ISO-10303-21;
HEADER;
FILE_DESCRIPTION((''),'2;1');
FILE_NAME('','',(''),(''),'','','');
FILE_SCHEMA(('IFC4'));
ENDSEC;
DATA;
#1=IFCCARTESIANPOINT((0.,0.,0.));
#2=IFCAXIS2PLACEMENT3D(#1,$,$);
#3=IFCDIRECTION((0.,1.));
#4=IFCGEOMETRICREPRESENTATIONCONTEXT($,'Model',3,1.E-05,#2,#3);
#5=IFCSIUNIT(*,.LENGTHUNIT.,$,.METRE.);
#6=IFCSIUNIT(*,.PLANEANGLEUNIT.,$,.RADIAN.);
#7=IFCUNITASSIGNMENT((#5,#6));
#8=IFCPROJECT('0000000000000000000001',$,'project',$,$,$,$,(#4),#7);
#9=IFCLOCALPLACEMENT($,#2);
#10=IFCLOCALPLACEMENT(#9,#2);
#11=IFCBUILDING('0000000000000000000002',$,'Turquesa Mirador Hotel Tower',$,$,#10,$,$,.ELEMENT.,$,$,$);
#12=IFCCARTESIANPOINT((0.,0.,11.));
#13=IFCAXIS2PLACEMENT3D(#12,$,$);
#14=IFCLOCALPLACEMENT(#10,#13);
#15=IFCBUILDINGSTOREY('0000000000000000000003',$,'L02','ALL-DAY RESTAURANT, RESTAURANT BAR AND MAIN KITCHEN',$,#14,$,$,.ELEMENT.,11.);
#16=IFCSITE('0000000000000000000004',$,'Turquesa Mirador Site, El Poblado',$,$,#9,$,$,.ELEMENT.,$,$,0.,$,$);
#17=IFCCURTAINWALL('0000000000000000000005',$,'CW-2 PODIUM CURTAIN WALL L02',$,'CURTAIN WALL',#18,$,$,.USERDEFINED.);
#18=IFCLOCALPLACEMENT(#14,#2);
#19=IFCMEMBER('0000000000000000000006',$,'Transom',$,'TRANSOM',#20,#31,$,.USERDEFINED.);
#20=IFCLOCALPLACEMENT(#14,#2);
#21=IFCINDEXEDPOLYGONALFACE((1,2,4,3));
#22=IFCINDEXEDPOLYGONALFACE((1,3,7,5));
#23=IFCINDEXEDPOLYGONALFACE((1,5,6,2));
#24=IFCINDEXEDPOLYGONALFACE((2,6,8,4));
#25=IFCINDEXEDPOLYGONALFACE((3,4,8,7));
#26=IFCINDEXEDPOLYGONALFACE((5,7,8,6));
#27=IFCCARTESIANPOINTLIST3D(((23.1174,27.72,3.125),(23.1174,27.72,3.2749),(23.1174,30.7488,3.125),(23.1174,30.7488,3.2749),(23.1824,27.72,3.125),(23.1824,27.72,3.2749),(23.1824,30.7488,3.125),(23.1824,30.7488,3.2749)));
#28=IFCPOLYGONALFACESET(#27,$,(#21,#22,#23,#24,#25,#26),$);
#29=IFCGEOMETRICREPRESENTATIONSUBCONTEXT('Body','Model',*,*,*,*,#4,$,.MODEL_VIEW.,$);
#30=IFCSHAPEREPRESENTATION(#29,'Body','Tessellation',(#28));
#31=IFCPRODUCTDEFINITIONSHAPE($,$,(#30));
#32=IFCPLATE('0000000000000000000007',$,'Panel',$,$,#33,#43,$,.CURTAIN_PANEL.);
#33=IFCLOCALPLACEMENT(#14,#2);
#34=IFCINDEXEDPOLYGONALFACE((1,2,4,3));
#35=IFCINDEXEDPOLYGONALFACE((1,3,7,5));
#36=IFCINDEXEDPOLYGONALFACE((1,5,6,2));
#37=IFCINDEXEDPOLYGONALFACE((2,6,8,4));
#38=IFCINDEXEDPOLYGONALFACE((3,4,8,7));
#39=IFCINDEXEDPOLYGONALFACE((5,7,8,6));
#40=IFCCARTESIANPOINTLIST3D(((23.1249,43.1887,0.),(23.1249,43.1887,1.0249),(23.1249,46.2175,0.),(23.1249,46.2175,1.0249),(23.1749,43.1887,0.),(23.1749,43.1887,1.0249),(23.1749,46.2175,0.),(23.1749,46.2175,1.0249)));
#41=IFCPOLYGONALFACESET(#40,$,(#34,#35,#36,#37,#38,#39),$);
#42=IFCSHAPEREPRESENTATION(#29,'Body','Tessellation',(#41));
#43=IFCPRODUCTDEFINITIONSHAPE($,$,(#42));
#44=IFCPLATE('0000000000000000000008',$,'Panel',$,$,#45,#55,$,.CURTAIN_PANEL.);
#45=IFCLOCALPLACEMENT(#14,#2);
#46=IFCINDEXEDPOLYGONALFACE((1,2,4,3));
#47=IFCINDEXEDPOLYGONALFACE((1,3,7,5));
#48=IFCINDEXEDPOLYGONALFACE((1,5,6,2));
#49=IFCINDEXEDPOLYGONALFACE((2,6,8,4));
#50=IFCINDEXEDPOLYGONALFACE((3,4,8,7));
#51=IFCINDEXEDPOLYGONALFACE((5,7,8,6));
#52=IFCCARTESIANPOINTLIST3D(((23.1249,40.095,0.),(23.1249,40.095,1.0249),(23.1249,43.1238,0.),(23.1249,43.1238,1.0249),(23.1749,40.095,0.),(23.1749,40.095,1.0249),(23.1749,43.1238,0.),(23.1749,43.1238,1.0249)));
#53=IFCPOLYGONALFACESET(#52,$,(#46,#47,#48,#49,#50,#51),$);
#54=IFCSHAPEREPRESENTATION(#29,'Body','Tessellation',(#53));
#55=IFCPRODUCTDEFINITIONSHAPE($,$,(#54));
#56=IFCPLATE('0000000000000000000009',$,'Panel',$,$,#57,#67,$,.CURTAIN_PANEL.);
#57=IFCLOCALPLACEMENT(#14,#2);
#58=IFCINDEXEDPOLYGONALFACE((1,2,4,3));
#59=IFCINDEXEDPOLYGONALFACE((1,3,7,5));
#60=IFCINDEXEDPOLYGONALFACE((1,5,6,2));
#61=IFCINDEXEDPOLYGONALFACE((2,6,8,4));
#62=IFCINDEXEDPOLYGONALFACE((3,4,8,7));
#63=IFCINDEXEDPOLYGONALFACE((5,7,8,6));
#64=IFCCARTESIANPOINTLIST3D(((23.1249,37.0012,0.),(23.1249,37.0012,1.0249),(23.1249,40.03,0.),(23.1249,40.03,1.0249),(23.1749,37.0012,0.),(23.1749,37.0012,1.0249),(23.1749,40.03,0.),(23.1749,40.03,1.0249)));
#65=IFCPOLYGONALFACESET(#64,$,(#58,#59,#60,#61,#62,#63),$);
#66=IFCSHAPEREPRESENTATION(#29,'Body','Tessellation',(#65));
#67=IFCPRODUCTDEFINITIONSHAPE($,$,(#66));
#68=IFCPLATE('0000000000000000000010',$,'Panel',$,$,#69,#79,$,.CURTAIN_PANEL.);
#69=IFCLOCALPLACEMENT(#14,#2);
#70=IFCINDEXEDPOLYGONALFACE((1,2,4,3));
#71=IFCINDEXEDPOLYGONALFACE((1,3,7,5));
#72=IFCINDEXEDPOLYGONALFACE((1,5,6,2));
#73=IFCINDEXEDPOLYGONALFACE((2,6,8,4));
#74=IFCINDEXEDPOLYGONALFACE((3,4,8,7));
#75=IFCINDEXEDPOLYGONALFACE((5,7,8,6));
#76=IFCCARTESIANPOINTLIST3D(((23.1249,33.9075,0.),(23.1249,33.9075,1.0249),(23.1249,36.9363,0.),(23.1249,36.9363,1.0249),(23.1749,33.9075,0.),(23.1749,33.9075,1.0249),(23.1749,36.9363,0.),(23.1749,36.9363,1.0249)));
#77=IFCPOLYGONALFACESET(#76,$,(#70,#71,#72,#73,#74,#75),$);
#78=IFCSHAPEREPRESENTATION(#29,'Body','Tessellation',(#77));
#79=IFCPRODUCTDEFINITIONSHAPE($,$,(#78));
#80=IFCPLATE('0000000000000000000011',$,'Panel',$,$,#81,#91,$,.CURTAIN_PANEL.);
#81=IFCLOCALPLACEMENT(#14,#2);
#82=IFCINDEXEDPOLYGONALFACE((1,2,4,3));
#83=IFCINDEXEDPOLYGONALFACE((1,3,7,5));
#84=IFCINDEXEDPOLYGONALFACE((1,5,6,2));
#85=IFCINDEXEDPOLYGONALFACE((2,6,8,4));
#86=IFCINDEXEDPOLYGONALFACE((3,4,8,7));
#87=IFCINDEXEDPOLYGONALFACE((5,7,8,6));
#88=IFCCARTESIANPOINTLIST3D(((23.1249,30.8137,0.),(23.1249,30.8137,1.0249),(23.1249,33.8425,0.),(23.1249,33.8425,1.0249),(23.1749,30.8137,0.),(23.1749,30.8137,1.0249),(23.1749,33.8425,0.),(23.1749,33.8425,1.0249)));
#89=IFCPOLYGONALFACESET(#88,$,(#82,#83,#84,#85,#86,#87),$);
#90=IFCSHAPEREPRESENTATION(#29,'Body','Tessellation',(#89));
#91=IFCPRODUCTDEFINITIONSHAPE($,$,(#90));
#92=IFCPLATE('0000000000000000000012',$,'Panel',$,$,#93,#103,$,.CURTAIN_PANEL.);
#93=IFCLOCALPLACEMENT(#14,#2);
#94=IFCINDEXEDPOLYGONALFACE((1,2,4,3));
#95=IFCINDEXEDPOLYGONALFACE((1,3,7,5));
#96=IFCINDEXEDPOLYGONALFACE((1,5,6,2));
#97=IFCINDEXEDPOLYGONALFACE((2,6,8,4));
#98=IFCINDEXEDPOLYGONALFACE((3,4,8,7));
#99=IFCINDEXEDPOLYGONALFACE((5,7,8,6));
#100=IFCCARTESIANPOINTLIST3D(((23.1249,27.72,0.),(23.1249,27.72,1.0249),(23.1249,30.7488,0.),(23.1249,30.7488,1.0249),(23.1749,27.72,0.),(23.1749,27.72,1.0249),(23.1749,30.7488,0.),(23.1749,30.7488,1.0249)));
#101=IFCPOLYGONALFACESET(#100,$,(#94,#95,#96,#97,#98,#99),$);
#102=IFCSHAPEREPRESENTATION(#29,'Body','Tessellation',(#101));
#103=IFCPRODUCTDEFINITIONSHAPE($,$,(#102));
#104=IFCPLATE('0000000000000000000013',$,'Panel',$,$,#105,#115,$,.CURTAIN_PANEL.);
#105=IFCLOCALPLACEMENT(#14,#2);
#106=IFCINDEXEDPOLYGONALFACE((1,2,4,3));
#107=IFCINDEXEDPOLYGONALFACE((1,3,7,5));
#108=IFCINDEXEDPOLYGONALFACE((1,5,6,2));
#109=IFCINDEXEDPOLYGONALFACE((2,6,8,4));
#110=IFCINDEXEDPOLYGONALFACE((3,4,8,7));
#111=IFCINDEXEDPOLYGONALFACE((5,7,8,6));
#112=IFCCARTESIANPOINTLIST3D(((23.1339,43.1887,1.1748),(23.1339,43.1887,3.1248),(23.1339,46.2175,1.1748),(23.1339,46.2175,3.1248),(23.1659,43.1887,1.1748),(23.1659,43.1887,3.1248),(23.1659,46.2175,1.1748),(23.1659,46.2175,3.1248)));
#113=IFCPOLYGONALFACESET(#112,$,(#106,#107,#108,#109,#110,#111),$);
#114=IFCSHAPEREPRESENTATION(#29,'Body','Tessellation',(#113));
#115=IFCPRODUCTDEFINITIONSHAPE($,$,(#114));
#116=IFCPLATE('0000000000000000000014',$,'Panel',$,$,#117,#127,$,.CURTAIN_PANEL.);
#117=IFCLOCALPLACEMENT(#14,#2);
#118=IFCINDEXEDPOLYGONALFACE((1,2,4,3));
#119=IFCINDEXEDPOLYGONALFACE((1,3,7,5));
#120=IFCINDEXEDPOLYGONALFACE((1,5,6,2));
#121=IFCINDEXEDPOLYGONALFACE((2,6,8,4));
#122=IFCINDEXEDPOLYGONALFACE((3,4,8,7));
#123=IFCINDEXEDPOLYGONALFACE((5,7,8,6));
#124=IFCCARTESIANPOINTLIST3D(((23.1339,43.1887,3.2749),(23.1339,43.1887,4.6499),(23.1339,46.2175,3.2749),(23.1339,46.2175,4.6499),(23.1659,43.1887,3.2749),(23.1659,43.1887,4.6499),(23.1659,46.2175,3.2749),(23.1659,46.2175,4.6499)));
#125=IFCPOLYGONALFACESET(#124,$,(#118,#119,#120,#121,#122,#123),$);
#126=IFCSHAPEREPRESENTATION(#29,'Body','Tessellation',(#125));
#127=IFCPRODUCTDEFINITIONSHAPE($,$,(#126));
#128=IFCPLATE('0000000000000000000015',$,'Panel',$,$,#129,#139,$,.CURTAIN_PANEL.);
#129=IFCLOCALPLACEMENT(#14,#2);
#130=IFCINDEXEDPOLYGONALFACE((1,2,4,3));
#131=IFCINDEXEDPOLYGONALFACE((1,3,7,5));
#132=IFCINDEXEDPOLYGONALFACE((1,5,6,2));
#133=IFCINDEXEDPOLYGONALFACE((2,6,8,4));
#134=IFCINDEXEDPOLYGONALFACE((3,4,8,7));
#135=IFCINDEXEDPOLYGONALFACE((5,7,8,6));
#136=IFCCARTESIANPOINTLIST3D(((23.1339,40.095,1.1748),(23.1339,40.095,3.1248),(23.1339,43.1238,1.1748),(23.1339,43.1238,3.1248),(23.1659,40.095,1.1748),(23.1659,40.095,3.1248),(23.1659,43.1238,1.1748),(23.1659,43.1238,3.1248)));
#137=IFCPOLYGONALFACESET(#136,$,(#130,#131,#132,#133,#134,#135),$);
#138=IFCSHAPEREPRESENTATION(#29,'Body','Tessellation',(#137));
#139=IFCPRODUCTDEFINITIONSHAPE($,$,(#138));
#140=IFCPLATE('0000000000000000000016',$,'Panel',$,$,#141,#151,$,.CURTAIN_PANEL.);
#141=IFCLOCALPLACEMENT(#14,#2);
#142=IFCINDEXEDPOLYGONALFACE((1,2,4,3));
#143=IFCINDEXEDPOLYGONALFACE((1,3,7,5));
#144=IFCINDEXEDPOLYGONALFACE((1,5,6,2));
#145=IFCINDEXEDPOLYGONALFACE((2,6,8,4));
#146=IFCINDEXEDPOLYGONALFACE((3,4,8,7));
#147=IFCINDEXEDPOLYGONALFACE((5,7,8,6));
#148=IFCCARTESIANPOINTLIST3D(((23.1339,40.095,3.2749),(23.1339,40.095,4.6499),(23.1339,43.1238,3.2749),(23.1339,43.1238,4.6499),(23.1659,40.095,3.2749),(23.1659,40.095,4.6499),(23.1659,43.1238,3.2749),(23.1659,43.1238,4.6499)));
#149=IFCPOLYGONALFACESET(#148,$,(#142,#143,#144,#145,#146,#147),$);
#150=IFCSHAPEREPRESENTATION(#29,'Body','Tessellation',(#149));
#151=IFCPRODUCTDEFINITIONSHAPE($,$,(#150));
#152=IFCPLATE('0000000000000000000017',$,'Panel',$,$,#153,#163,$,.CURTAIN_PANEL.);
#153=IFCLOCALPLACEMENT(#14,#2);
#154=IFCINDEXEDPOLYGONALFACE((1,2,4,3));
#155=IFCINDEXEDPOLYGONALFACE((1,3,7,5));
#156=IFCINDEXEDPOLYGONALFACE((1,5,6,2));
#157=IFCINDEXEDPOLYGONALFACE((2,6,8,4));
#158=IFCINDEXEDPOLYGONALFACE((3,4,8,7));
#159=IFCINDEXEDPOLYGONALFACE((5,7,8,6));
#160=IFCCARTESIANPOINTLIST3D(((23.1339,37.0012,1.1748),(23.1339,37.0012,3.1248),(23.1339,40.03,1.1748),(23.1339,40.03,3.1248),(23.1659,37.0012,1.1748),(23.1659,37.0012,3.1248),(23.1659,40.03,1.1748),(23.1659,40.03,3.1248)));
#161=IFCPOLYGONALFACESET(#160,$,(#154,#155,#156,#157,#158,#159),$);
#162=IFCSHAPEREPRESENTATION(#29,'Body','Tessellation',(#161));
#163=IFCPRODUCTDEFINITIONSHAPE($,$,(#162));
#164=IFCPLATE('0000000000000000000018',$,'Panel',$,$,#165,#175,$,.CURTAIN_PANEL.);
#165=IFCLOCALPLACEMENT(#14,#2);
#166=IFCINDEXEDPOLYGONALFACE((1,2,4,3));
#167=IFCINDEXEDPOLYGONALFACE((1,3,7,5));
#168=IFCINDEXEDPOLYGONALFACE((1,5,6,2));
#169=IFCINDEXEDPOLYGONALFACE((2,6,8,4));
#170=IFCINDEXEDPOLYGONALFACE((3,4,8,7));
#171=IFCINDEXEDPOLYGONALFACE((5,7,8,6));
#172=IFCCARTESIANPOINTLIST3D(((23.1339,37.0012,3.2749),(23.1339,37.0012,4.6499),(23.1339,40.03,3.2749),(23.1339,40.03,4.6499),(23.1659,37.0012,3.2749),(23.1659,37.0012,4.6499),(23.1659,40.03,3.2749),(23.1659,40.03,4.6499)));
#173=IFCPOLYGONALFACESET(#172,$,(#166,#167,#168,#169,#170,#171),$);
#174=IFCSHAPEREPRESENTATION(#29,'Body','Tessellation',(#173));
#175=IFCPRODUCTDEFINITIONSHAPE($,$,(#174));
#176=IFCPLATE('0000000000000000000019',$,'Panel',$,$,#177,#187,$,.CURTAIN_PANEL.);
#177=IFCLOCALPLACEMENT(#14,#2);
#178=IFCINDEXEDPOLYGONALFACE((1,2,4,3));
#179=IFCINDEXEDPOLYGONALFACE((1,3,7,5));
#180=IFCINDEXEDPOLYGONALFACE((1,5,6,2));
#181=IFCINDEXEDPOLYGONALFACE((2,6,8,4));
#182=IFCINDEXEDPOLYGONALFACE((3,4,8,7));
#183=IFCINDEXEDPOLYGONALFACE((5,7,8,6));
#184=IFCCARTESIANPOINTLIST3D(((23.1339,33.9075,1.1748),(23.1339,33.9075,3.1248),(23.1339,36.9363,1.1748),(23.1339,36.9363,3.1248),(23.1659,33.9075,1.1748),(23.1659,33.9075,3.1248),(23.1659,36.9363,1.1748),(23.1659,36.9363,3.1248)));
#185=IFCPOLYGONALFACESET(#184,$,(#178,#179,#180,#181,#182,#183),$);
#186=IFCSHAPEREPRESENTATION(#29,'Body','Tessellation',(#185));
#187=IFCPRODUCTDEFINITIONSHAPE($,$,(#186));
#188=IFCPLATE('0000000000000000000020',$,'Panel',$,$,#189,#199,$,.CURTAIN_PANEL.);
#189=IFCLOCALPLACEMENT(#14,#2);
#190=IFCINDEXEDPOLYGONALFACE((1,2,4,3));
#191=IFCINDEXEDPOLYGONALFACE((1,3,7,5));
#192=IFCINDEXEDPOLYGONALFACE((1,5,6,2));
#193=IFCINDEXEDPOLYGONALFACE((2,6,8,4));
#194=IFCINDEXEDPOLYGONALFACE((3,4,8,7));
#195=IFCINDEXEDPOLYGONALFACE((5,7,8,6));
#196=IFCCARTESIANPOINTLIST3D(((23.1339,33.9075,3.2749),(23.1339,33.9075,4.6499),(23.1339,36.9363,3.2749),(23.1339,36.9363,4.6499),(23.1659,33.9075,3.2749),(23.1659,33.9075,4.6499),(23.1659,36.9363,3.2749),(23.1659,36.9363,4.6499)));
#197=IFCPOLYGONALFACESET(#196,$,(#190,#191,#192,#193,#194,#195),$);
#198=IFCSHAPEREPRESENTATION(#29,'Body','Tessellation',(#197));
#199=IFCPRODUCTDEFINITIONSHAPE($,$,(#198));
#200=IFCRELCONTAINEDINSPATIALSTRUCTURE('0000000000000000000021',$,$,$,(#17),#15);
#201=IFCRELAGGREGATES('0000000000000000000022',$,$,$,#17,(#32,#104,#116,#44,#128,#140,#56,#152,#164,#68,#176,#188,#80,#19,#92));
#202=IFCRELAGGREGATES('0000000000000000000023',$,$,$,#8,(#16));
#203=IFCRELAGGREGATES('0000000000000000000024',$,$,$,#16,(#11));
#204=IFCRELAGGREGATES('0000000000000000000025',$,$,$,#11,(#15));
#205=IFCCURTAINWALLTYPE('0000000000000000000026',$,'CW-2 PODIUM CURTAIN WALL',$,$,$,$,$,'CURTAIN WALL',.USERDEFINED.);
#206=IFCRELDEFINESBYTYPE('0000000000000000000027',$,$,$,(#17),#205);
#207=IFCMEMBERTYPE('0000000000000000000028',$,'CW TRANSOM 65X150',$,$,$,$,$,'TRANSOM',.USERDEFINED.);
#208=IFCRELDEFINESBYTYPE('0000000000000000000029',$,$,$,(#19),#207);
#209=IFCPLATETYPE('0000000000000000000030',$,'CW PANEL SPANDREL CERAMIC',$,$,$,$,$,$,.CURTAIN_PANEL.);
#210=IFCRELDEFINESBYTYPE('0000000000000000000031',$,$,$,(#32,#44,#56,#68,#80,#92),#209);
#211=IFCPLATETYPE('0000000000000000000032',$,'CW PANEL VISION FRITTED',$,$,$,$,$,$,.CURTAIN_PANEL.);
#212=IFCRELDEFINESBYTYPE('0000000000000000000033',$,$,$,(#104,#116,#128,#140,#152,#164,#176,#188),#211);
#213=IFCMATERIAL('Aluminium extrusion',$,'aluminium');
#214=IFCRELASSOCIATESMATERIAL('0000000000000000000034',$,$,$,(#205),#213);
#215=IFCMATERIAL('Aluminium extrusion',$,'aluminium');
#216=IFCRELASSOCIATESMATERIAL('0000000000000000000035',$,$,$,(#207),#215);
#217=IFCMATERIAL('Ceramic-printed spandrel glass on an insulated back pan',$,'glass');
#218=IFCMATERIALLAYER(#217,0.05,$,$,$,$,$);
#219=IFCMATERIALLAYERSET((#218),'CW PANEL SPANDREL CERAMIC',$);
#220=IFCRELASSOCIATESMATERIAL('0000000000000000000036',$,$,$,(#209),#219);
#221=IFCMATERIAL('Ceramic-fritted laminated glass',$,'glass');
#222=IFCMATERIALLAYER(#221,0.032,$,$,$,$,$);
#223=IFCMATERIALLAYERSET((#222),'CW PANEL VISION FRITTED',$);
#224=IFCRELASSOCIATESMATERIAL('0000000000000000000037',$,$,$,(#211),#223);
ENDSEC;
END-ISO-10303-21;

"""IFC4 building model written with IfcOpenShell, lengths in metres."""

from ifc_helpers import new_model, si_unit, direction, frame, origin, origin_2d, place, context, subcontext, project, spatial, rectangle, extrude, material, layer, layer_set, material_profile, profile_set, type_object, element, aggregate, save


model = new_model("IFC4")

# Units and contexts
model_context = context("Model", 3, precision=1e-05, world=origin(), true_north=direction((0.0, 1.0)))
body_context = subcontext(model_context, "Body", "Model", "MODEL_VIEW")
ifc_project = project(units=[si_unit("LENGTHUNIT", "METRE"), si_unit("PLANEANGLEUNIT", "RADIAN")], contexts=[model_context])

# Site, building, storey
site_placement = place(None, origin())
site = spatial("IfcSite", under=ifc_project, at=site_placement, Name="Turquesa Mirador Site, El Poblado", CompositionType="ELEMENT", RefElevation=0.0)
building_placement = place(site_placement, origin())
building = spatial("IfcBuilding", under=site, at=building_placement, Name="Turquesa Mirador Hotel Tower", CompositionType="ELEMENT")
storey_placement = place(building_placement, frame((0.0, 0.0, 11.0)))
storey = spatial("IfcBuildingStorey", under=building, at=storey_placement, Name="L02", Description="ALL-DAY RESTAURANT, RESTAURANT BAR AND MAIN KITCHEN", CompositionType="ELEMENT", Elevation=11.0)

# Curtain wall, member, plates
ifc_material_1 = material(Name="Aluminium extrusion", Category="aluminium")
curtain_wall_type = type_object("IfcCurtainWallType", Name="CW-2 PODIUM CURTAIN WALL", ElementType="CURTAIN WALL", PredefinedType="USERDEFINED", material=ifc_material_1)
curtain_wall_placement = place(storey_placement, origin())
curtain_wall = element("IfcCurtainWall", 1, at=curtain_wall_placement, inside=storey, type_object=curtain_wall_type, Name="CW-2 PODIUM CURTAIN WALL L02", ObjectType="CURTAIN WALL", PredefinedType="USERDEFINED")
ifc_material_2 = material(Name="Aluminium extrusion", Category="aluminium")
ifc_material_profile_1 = material_profile(ifc_material_2, rectangle(XDim=0.0649, YDim=0.1499, at=origin_2d()), Name="TRANSOM 65X150")
ifc_profile_set_1 = profile_set([ifc_material_profile_1], Name="Aluminium extrusion")
member_type_1 = type_object("IfcMemberType", Name="CW TRANSOM 65X150", ElementType="TRANSOM", PredefinedType="USERDEFINED", material=ifc_profile_set_1)
member_1_placement = place(storey_placement, frame((23.1499, 30.7488, 3.2), z_axis=(0.0, -1.0, 0.0), x_axis=(1.0, 0.0, 0.0)))
member_1 = element("IfcMember", 2, at=member_1_placement, type_object=member_type_1, Name="Transom", ObjectType="TRANSOM", PredefinedType="USERDEFINED", context=body_context, shape_type="SweptSolid", body=[
    extrude(rectangle(XDim=0.0649, YDim=0.1499, at=origin_2d()), origin(), (0.0, 0.0, 1.0), 3.0288),
])
ifc_material_3 = material(Name="Ceramic-printed spandrel glass on an insulated back pan", Category="glass")
ifc_layer_1 = layer(ifc_material_3, 0.05)
ifc_layer_set_1 = layer_set([ifc_layer_1], Name="CW PANEL SPANDREL CERAMIC")
plate_type_1 = type_object("IfcPlateType", Name="CW PANEL SPANDREL CERAMIC", PredefinedType="CURTAIN_PANEL", material=ifc_layer_set_1)
plate_1_placement = place(storey_placement, frame((23.1499, 44.7031, 0.0), z_axis=(0.0, 0.0, 1.0), x_axis=(0.0, -1.0, 0.0)))
plate_1 = element("IfcPlate", 3, at=plate_1_placement, type_object=plate_type_1, Name="Panel", PredefinedType="CURTAIN_PANEL", context=body_context, shape_type="SweptSolid", body=[
    extrude(rectangle(XDim=3.0288, YDim=0.05, at=origin_2d()), origin(), (0.0, 0.0, 1.0), 1.0249),
])
plate_2_placement = place(storey_placement, frame((23.1499, 41.6094, 0.0), z_axis=(0.0, 0.0, 1.0), x_axis=(0.0, -1.0, 0.0)))
plate_2 = element("IfcPlate", 4, at=plate_2_placement, type_object=plate_type_1, Name="Panel", PredefinedType="CURTAIN_PANEL", context=body_context, shape_type="SweptSolid", body=[
    extrude(rectangle(XDim=3.0288, YDim=0.05, at=origin_2d()), origin(), (0.0, 0.0, 1.0), 1.0249),
])
plate_3_placement = place(storey_placement, frame((23.1499, 38.5156, 0.0), z_axis=(0.0, 0.0, 1.0), x_axis=(0.0, -1.0, 0.0)))
plate_3 = element("IfcPlate", 5, at=plate_3_placement, type_object=plate_type_1, Name="Panel", PredefinedType="CURTAIN_PANEL", context=body_context, shape_type="SweptSolid", body=[
    extrude(rectangle(XDim=3.0288, YDim=0.05, at=origin_2d()), origin(), (0.0, 0.0, 1.0), 1.0249),
])
plate_4_placement = place(storey_placement, frame((23.1499, 35.4219, 0.0), z_axis=(0.0, 0.0, 1.0), x_axis=(0.0, -1.0, 0.0)))
plate_4 = element("IfcPlate", 6, at=plate_4_placement, type_object=plate_type_1, Name="Panel", PredefinedType="CURTAIN_PANEL", context=body_context, shape_type="SweptSolid", body=[
    extrude(rectangle(XDim=3.0288, YDim=0.05, at=origin_2d()), origin(), (0.0, 0.0, 1.0), 1.0249),
])
plate_5_placement = place(storey_placement, frame((23.1499, 32.3281, 0.0), z_axis=(0.0, 0.0, 1.0), x_axis=(0.0, -1.0, 0.0)))
plate_5 = element("IfcPlate", 7, at=plate_5_placement, type_object=plate_type_1, Name="Panel", PredefinedType="CURTAIN_PANEL", context=body_context, shape_type="SweptSolid", body=[
    extrude(rectangle(XDim=3.0288, YDim=0.05, at=origin_2d()), origin(), (0.0, 0.0, 1.0), 1.0249),
])
plate_6_placement = place(storey_placement, frame((23.1499, 29.2344, 0.0), z_axis=(0.0, 0.0, 1.0), x_axis=(0.0, -1.0, 0.0)))
plate_6 = element("IfcPlate", 8, at=plate_6_placement, type_object=plate_type_1, Name="Panel", PredefinedType="CURTAIN_PANEL", context=body_context, shape_type="SweptSolid", body=[
    extrude(rectangle(XDim=3.0288, YDim=0.05, at=origin_2d()), origin(), (0.0, 0.0, 1.0), 1.0249),
])
ifc_material_4 = material(Name="Ceramic-fritted laminated glass", Category="glass")
ifc_layer_2 = layer(ifc_material_4, 0.032)
ifc_layer_set_2 = layer_set([ifc_layer_2], Name="CW PANEL VISION FRITTED")
plate_type_2 = type_object("IfcPlateType", Name="CW PANEL VISION FRITTED", PredefinedType="CURTAIN_PANEL", material=ifc_layer_set_2)
plate_7_placement = place(storey_placement, frame((23.1499, 44.7031, 1.1748), z_axis=(0.0, 0.0, 1.0), x_axis=(0.0, -1.0, 0.0)))
plate_7 = element("IfcPlate", 9, at=plate_7_placement, type_object=plate_type_2, Name="Panel", PredefinedType="CURTAIN_PANEL", context=body_context, shape_type="SweptSolid", body=[
    extrude(rectangle(XDim=3.0288, YDim=0.032, at=origin_2d()), origin(), (0.0, 0.0, 1.0), 1.95),
])
plate_8_placement = place(storey_placement, frame((23.1499, 44.7031, 3.2749), z_axis=(0.0, 0.0, 1.0), x_axis=(0.0, -1.0, 0.0)))
plate_8 = element("IfcPlate", 10, at=plate_8_placement, type_object=plate_type_2, Name="Panel", PredefinedType="CURTAIN_PANEL", context=body_context, shape_type="SweptSolid", body=[
    extrude(rectangle(XDim=3.0288, YDim=0.032, at=origin_2d()), origin(), (0.0, 0.0, 1.0), 1.375),
])
plate_9_placement = place(storey_placement, frame((23.1499, 41.6094, 1.1748), z_axis=(0.0, 0.0, 1.0), x_axis=(0.0, -1.0, 0.0)))
plate_9 = element("IfcPlate", 11, at=plate_9_placement, type_object=plate_type_2, Name="Panel", PredefinedType="CURTAIN_PANEL", context=body_context, shape_type="SweptSolid", body=[
    extrude(rectangle(XDim=3.0288, YDim=0.032, at=origin_2d()), origin(), (0.0, 0.0, 1.0), 1.95),
])
plate_10_placement = place(storey_placement, frame((23.1499, 41.6094, 3.2749), z_axis=(0.0, 0.0, 1.0), x_axis=(0.0, -1.0, 0.0)))
plate_10 = element("IfcPlate", 12, at=plate_10_placement, type_object=plate_type_2, Name="Panel", PredefinedType="CURTAIN_PANEL", context=body_context, shape_type="SweptSolid", body=[
    extrude(rectangle(XDim=3.0288, YDim=0.032, at=origin_2d()), origin(), (0.0, 0.0, 1.0), 1.375),
])
plate_11_placement = place(storey_placement, frame((23.1499, 38.5156, 1.1748), z_axis=(0.0, 0.0, 1.0), x_axis=(0.0, -1.0, 0.0)))
plate_11 = element("IfcPlate", 13, at=plate_11_placement, type_object=plate_type_2, Name="Panel", PredefinedType="CURTAIN_PANEL", context=body_context, shape_type="SweptSolid", body=[
    extrude(rectangle(XDim=3.0288, YDim=0.032, at=origin_2d()), origin(), (0.0, 0.0, 1.0), 1.95),
])
plate_12_placement = place(storey_placement, frame((23.1499, 38.5156, 3.2749), z_axis=(0.0, 0.0, 1.0), x_axis=(0.0, -1.0, 0.0)))
plate_12 = element("IfcPlate", 14, at=plate_12_placement, type_object=plate_type_2, Name="Panel", PredefinedType="CURTAIN_PANEL", context=body_context, shape_type="SweptSolid", body=[
    extrude(rectangle(XDim=3.0288, YDim=0.032, at=origin_2d()), origin(), (0.0, 0.0, 1.0), 1.375),
])
plate_13_placement = place(storey_placement, frame((23.1499, 35.4219, 1.1748), z_axis=(0.0, 0.0, 1.0), x_axis=(0.0, -1.0, 0.0)))
plate_13 = element("IfcPlate", 15, at=plate_13_placement, type_object=plate_type_2, Name="Panel", PredefinedType="CURTAIN_PANEL", context=body_context, shape_type="SweptSolid", body=[
    extrude(rectangle(XDim=3.0288, YDim=0.032, at=origin_2d()), origin(), (0.0, 0.0, 1.0), 1.95),
])
plate_14_placement = place(storey_placement, frame((23.1499, 35.4219, 3.2749), z_axis=(0.0, 0.0, 1.0), x_axis=(0.0, -1.0, 0.0)))
plate_14 = element("IfcPlate", 16, at=plate_14_placement, type_object=plate_type_2, Name="Panel", PredefinedType="CURTAIN_PANEL", context=body_context, shape_type="SweptSolid", body=[
    extrude(rectangle(XDim=3.0288, YDim=0.032, at=origin_2d()), origin(), (0.0, 0.0, 1.0), 1.375),
])
aggregate(curtain_wall, [plate_1, plate_7, plate_8, plate_2, plate_9, plate_10, plate_3, plate_11, plate_12, plate_4, plate_13, plate_14, plate_5, member_1, plate_6])

save(model, "model.ifc")
